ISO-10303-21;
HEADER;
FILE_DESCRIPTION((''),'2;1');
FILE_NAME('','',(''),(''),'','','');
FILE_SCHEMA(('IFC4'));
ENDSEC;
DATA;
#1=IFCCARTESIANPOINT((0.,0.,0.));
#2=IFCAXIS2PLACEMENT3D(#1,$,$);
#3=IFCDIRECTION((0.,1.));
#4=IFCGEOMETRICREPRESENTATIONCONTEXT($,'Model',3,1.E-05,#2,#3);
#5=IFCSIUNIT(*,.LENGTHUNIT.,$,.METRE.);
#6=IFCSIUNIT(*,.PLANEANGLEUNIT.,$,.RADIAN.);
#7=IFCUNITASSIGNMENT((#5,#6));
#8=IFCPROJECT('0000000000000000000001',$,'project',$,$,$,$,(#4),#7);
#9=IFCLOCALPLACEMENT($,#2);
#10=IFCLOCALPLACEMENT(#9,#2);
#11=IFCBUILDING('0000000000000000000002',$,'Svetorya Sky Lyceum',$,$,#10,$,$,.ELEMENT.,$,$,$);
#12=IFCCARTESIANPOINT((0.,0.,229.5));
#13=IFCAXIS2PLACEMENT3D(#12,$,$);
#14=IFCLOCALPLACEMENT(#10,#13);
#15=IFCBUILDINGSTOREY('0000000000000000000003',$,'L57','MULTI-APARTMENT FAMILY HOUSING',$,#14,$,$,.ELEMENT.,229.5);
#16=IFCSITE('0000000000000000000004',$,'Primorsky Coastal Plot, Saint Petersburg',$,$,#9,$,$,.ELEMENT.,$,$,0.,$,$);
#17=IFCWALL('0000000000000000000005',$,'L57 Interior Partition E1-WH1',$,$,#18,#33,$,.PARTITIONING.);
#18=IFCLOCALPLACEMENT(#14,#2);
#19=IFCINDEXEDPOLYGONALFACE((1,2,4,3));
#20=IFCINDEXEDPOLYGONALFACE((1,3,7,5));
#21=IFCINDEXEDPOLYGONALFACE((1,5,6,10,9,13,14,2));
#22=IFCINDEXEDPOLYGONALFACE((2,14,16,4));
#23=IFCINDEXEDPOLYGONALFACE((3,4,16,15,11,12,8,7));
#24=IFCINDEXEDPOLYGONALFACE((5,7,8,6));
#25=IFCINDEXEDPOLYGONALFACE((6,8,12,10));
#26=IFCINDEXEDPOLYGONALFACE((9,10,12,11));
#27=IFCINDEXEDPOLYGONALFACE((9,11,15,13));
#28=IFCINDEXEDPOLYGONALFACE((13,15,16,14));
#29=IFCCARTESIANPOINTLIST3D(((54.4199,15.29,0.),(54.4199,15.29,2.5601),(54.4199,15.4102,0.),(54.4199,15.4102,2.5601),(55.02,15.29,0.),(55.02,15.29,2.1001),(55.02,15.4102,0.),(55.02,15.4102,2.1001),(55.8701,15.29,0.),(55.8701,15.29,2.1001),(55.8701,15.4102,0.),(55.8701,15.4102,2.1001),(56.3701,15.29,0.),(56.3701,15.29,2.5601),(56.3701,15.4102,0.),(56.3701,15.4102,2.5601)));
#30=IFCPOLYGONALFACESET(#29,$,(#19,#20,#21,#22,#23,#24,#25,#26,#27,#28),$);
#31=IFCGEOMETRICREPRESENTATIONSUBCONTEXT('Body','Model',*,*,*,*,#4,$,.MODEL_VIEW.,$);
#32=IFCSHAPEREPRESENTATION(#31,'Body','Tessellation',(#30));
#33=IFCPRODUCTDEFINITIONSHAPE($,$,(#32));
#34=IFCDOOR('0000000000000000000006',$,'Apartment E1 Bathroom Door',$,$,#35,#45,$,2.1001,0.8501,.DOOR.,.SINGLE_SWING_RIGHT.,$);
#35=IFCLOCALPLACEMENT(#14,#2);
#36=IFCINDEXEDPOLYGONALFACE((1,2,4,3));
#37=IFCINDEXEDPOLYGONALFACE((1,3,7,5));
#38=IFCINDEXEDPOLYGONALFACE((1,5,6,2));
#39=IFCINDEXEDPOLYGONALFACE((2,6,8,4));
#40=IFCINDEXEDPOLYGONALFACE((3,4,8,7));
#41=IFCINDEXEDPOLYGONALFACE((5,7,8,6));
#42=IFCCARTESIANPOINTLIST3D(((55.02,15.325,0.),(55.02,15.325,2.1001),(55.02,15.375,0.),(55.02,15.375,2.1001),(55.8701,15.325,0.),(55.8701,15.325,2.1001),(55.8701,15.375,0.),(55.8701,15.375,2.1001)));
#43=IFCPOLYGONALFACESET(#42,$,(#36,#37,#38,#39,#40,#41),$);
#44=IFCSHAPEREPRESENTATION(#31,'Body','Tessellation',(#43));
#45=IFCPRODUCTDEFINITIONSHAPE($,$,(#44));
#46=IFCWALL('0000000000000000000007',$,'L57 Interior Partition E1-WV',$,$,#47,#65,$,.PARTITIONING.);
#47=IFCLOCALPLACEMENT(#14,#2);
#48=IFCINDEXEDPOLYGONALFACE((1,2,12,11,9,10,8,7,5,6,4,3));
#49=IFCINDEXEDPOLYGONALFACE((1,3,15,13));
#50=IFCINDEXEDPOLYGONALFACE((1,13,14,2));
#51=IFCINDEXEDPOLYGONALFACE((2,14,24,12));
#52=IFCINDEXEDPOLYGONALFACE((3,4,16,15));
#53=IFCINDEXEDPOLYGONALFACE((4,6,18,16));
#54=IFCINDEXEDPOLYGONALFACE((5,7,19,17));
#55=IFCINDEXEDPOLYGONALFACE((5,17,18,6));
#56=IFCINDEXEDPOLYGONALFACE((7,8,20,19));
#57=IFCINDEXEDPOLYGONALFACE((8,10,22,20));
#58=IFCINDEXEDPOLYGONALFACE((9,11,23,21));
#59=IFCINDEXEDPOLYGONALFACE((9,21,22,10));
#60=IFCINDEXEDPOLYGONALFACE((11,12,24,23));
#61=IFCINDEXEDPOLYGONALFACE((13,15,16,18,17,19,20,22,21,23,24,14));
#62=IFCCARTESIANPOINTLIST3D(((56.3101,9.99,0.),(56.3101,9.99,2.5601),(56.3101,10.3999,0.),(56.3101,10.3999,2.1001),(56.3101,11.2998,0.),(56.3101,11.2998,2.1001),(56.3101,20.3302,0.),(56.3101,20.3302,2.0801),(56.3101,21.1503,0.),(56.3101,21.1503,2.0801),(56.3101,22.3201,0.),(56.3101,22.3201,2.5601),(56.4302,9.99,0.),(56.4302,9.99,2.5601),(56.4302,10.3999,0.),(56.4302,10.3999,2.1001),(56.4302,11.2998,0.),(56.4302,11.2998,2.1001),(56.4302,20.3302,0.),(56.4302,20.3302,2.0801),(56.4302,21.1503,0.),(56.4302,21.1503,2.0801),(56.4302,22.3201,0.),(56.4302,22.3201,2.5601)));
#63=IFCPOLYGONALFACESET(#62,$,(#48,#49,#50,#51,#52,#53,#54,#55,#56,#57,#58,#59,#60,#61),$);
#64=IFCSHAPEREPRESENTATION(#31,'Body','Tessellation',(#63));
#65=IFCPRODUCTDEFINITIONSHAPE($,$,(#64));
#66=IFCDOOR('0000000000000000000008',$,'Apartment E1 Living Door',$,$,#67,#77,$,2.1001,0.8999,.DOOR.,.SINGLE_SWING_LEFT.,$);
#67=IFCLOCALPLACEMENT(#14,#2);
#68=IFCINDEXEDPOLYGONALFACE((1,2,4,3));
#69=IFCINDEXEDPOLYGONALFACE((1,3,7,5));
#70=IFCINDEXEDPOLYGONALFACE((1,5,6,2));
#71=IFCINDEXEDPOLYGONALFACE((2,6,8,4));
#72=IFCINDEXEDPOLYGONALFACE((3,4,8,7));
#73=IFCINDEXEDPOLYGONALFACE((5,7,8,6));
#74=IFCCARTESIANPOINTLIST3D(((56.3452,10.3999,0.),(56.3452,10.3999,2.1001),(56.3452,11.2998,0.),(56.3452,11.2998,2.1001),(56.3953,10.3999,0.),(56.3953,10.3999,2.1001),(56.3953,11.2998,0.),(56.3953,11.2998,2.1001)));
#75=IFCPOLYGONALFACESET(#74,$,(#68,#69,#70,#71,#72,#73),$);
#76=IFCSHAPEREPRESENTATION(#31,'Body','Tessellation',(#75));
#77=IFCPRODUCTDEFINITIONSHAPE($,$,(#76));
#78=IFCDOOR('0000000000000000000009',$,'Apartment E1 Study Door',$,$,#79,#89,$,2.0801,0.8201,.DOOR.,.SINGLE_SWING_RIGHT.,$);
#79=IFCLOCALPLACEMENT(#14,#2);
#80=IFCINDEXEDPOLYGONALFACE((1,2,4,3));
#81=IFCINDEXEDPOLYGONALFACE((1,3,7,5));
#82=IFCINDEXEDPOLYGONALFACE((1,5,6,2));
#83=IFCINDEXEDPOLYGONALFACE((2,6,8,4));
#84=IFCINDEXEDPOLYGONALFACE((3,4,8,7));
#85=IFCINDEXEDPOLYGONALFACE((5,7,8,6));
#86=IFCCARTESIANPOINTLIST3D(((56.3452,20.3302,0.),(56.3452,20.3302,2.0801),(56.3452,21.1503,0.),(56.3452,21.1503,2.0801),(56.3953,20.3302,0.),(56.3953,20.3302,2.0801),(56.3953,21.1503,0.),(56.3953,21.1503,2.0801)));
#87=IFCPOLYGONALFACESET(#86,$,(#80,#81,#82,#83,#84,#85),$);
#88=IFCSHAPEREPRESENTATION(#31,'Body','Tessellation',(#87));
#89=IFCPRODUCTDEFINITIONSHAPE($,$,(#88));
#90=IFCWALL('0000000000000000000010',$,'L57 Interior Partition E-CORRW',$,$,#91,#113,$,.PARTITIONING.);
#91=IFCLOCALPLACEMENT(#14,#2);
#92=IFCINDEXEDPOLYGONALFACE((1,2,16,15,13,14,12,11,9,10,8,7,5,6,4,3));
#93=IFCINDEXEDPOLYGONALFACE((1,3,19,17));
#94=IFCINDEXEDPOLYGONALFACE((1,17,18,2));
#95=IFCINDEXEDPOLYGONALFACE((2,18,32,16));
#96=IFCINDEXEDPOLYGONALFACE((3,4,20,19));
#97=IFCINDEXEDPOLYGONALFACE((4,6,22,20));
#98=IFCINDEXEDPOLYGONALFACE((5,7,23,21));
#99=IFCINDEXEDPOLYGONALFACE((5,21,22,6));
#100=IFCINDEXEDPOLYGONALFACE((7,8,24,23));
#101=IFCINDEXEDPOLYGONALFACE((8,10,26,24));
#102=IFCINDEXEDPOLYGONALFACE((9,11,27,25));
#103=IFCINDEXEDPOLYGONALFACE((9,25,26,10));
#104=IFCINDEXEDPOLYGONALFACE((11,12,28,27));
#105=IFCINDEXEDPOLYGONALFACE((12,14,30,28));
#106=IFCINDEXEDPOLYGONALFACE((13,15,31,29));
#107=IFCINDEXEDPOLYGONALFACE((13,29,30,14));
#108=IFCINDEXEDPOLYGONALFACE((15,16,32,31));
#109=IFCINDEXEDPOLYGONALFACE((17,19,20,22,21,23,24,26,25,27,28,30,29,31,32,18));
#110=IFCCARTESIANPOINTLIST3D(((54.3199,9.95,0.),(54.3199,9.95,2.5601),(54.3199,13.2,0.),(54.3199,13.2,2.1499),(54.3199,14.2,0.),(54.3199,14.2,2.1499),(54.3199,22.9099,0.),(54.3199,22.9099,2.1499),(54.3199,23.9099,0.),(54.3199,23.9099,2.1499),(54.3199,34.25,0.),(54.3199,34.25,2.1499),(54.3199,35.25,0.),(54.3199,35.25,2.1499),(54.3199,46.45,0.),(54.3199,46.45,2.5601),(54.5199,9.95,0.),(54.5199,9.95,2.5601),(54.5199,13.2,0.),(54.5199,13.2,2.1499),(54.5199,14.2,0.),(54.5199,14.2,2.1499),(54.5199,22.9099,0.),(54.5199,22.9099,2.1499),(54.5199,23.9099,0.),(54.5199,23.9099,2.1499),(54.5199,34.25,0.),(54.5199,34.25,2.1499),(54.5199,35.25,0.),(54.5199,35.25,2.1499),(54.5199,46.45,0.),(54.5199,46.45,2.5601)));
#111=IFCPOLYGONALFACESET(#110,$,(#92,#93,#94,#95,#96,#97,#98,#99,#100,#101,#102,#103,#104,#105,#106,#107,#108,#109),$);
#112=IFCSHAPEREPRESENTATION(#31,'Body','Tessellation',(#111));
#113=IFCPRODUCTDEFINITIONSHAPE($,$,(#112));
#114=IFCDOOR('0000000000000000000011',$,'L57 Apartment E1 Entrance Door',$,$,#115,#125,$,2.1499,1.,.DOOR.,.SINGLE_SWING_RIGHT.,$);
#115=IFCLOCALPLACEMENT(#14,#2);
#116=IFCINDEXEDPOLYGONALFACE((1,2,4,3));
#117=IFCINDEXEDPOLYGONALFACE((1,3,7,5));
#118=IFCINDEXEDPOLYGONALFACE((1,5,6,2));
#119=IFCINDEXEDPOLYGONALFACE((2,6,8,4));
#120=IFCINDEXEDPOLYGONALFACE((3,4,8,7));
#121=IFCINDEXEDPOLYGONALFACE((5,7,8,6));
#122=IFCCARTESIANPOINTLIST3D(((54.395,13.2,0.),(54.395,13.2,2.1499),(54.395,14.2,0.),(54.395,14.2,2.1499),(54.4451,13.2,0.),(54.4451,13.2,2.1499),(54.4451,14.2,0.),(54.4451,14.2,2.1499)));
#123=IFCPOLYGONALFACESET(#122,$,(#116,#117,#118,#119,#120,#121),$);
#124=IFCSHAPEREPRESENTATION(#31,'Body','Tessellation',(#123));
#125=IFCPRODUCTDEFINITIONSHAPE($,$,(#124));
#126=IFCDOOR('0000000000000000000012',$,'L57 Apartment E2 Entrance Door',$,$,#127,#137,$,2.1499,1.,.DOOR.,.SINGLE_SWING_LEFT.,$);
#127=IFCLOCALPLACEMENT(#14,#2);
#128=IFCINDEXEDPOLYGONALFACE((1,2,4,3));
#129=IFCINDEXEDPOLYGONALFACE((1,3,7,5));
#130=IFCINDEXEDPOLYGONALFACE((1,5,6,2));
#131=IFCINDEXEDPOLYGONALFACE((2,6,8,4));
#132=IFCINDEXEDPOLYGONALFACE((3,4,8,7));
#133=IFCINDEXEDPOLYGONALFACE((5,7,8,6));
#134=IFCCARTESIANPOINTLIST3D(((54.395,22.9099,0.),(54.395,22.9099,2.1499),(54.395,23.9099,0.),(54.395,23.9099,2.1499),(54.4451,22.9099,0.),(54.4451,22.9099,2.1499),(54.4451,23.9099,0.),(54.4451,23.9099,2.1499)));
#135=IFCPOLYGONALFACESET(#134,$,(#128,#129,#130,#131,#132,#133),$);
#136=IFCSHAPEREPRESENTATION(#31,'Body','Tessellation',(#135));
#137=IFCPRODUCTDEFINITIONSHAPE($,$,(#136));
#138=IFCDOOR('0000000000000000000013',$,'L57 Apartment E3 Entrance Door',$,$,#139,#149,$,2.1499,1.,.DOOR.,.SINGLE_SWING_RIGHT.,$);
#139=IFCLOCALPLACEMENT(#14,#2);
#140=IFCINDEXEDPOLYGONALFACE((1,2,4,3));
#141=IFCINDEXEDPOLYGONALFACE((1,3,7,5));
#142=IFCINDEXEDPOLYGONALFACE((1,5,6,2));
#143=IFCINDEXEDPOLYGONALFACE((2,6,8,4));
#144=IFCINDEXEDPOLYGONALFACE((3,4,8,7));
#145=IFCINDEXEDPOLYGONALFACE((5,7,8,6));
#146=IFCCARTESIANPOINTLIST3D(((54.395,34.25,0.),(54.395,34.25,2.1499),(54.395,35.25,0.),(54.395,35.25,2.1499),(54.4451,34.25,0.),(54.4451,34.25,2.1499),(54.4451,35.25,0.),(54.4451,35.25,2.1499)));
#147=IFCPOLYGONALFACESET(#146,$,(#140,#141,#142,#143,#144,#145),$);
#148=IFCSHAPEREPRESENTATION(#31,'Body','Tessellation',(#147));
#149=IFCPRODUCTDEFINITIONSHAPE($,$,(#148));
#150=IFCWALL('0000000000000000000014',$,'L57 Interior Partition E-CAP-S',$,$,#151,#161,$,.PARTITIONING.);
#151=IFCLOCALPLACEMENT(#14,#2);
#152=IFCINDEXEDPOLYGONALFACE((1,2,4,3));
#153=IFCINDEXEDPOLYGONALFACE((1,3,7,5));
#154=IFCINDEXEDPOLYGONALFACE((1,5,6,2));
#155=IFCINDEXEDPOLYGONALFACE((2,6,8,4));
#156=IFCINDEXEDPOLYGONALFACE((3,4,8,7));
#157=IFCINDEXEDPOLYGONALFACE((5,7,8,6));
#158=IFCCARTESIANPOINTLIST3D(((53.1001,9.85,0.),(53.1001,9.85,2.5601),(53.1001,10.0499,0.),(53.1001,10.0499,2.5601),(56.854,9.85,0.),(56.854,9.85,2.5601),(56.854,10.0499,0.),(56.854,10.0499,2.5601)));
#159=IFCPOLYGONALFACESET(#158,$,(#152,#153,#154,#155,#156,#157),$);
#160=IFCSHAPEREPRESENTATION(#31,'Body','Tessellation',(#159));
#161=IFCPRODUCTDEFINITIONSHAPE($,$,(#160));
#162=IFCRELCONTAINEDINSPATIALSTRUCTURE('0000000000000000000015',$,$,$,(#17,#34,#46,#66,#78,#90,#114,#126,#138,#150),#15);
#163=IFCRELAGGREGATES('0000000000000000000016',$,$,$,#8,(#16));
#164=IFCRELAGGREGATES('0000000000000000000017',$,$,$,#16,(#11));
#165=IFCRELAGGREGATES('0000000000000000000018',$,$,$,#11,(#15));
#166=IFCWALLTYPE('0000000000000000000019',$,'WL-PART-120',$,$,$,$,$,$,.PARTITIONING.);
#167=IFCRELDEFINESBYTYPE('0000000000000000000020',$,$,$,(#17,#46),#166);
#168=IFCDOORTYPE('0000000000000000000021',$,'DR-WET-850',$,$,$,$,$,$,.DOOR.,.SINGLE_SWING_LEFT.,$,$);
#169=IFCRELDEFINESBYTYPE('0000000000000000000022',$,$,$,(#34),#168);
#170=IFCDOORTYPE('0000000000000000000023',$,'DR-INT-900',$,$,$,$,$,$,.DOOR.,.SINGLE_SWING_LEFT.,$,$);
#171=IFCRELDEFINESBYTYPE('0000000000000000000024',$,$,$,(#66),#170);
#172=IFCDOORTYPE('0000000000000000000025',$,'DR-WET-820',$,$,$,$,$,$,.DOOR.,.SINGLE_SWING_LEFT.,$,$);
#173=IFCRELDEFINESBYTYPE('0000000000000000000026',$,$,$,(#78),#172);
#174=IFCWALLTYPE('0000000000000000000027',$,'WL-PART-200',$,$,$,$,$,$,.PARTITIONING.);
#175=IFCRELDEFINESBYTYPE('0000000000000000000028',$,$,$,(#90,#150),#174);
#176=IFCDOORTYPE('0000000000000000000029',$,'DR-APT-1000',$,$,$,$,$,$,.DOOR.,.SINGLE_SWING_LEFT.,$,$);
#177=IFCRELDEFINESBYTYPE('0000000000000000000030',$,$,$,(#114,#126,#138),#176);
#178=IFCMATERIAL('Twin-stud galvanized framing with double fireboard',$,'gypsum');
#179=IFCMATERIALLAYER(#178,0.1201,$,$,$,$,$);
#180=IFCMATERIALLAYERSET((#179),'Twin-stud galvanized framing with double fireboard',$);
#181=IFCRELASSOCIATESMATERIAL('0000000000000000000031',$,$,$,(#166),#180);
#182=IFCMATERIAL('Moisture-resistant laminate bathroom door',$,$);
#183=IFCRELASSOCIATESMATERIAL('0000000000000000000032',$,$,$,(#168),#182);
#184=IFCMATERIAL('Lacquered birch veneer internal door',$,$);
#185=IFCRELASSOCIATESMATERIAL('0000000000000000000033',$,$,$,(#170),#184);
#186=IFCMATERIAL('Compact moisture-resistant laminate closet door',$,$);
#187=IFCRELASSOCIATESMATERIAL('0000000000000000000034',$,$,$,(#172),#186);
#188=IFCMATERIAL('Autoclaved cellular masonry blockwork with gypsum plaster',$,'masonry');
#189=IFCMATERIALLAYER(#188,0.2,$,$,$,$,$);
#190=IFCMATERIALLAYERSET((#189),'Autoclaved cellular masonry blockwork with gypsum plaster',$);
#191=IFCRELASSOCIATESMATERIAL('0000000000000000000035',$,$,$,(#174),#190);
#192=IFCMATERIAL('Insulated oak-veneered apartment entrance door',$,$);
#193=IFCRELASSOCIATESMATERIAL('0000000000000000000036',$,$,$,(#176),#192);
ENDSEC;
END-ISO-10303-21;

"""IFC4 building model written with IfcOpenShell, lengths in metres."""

from ifc_helpers import new_model, si_unit, direction, frame, frame_2d, origin, place, context, subcontext, project, spatial, rectangle, extrude, material, layer, layer_set, type_object, element, fill, save


model = new_model("IFC4")

# Units and contexts
model_context = context("Model", 3, precision=1e-05, world=origin(), true_north=direction((0.0, 1.0)))
body_context = subcontext(model_context, "Body", "Model", "MODEL_VIEW")
ifc_project = project(units=[si_unit("LENGTHUNIT", "METRE"), si_unit("PLANEANGLEUNIT", "RADIAN")], contexts=[model_context])

# Site, building, storey
site_placement = place(None, origin())
site = spatial("IfcSite", under=ifc_project, at=site_placement, Name="Primorsky Coastal Plot, Saint Petersburg", CompositionType="ELEMENT", RefElevation=0.0)
building_placement = place(site_placement, origin())
building = spatial("IfcBuilding", under=site, at=building_placement, Name="Svetorya Sky Lyceum", CompositionType="ELEMENT")
storey_placement = place(building_placement, frame((0.0, 0.0, 229.5)))
storey = spatial("IfcBuildingStorey", under=building, at=storey_placement, Name="L57", Description="MULTI-APARTMENT FAMILY HOUSING", CompositionType="ELEMENT", Elevation=229.5)

# Wall, opening, door
ifc_material_1 = material(Name="Twin-stud galvanized framing with double fireboard", Category="gypsum")
ifc_layer_1 = layer(ifc_material_1, 0.1201)
ifc_layer_set_1 = layer_set([ifc_layer_1], Name="Twin-stud galvanized framing with double fireboard")
wall_type_1 = type_object("IfcWallType", Name="WL-PART-120", PredefinedType="PARTITIONING", material=ifc_layer_set_1)
wall_1_placement = place(storey_placement, frame((54.4199, 15.3501, 0.0), z_axis=(0.0, 0.0, 1.0), x_axis=(1.0, 0.0, 0.0)))
wall_1 = element("IfcWall", 1, at=wall_1_placement, inside=storey, type_object=wall_type_1, Name="L57 Interior Partition E1-WH1", PredefinedType="PARTITIONING", context=body_context, shape_type="SweptSolid", body=[
    extrude(rectangle(XDim=1.9502, YDim=0.1201, at=frame_2d((0.9751, 0.0))), origin(), (0.0, 0.0, 1.0), 2.5601),
])
opening_1_placement = place(wall_1_placement, frame((0.6001, 0.0, 0.0)))
opening_1 = element("IfcOpeningElement", 2, at=opening_1_placement, cuts=wall_1, PredefinedType="OPENING", context=body_context, shape_type="SweptSolid", body=[
    extrude(rectangle(XDim=0.8501, YDim=2.1001, at=frame_2d((0.425, 1.05))), frame((0.0, 0.0701, 0.0), z_axis=(0.0, -1.0, 0.0), x_axis=(1.0, 0.0, 0.0)), (0.0, 0.0, 1.0), 0.1401),
])
ifc_material_2 = material(Name="Moisture-resistant laminate bathroom door")
door_type_1 = type_object("IfcDoorType", Name="DR-WET-850", OperationType="SINGLE_SWING_LEFT", PredefinedType="DOOR", material=ifc_material_2)
door_1_placement = place(opening_1_placement, origin())
door_1 = element("IfcDoor", 3, at=door_1_placement, inside=storey, type_object=door_type_1, Name="Apartment E1 Bathroom Door", OperationType="SINGLE_SWING_RIGHT", OverallHeight=2.1001, OverallWidth=0.8501, PredefinedType="DOOR", context=body_context, shape_type="SweptSolid", body=[
    extrude(rectangle(XDim=0.8501, YDim=2.1001, at=frame_2d((0.425, 1.05))), frame((0.0, 0.0249, 0.0), z_axis=(0.0, -1.0, 0.0), x_axis=(1.0, 0.0, 0.0)), (0.0, 0.0, 1.0), 0.05),
])
fill(opening_1, door_1)

# Walls, openings, doors
wall_2_placement = place(storey_placement, frame((56.3701, 9.99, 0.0), z_axis=(0.0, 0.0, 1.0), x_axis=(0.0, 1.0, 0.0)))
wall_2 = element("IfcWall", 4, at=wall_2_placement, inside=storey, type_object=wall_type_1, Name="L57 Interior Partition E1-WV", PredefinedType="PARTITIONING", context=body_context, shape_type="SweptSolid", body=[
    extrude(rectangle(XDim=12.3301, YDim=0.1201, at=frame_2d((6.165, 0.0))), origin(), (0.0, 0.0, 1.0), 2.5601),
])
opening_2_placement = place(wall_2_placement, frame((0.4099, 0.0, 0.0)))
opening_2 = element("IfcOpeningElement", 5, at=opening_2_placement, cuts=wall_2, PredefinedType="OPENING", context=body_context, shape_type="SweptSolid", body=[
    extrude(rectangle(XDim=0.8999, YDim=2.1001, at=frame_2d((0.45, 1.05))), frame((0.0, 0.0701, 0.0), z_axis=(0.0, -1.0, 0.0), x_axis=(1.0, 0.0, 0.0)), (0.0, 0.0, 1.0), 0.1401),
])
opening_3_placement = place(wall_2_placement, frame((10.3401, 0.0, 0.0)))
opening_3 = element("IfcOpeningElement", 6, at=opening_3_placement, cuts=wall_2, PredefinedType="OPENING", context=body_context, shape_type="SweptSolid", body=[
    extrude(rectangle(XDim=0.8201, YDim=2.0801, at=frame_2d((0.4102, 1.04))), frame((0.0, 0.0701, 0.0), z_axis=(0.0, -1.0, 0.0), x_axis=(1.0, 0.0, 0.0)), (0.0, 0.0, 1.0), 0.1401),
])
ifc_material_3 = material(Name="Lacquered birch veneer internal door")
door_type_2 = type_object("IfcDoorType", Name="DR-INT-900", OperationType="SINGLE_SWING_LEFT", PredefinedType="DOOR", material=ifc_material_3)
door_2_placement = place(opening_2_placement, origin())
door_2 = element("IfcDoor", 7, at=door_2_placement, inside=storey, type_object=door_type_2, Name="Apartment E1 Living Door", OperationType="SINGLE_SWING_LEFT", OverallHeight=2.1001, OverallWidth=0.8999, PredefinedType="DOOR", context=body_context, shape_type="SweptSolid", body=[
    extrude(rectangle(XDim=0.8999, YDim=2.1001, at=frame_2d((0.45, 1.05))), frame((0.0, 0.0249, 0.0), z_axis=(0.0, -1.0, 0.0), x_axis=(1.0, 0.0, 0.0)), (0.0, 0.0, 1.0), 0.05),
])
fill(opening_2, door_2)
ifc_material_4 = material(Name="Compact moisture-resistant laminate closet door")
door_type_3 = type_object("IfcDoorType", Name="DR-WET-820", OperationType="SINGLE_SWING_LEFT", PredefinedType="DOOR", material=ifc_material_4)
door_3_placement = place(opening_3_placement, origin())
door_3 = element("IfcDoor", 8, at=door_3_placement, inside=storey, type_object=door_type_3, Name="Apartment E1 Study Door", OperationType="SINGLE_SWING_RIGHT", OverallHeight=2.0801, OverallWidth=0.8201, PredefinedType="DOOR", context=body_context, shape_type="SweptSolid", body=[
    extrude(rectangle(XDim=0.8201, YDim=2.0801, at=frame_2d((0.4102, 1.04))), frame((0.0, 0.0249, 0.0), z_axis=(0.0, -1.0, 0.0), x_axis=(1.0, 0.0, 0.0)), (0.0, 0.0, 1.0), 0.05),
])
fill(opening_3, door_3)
ifc_material_5 = material(Name="Autoclaved cellular masonry blockwork with gypsum plaster", Category="masonry")
ifc_layer_2 = layer(ifc_material_5, 0.2)
ifc_layer_set_2 = layer_set([ifc_layer_2], Name="Autoclaved cellular masonry blockwork with gypsum plaster")
wall_type_2 = type_object("IfcWallType", Name="WL-PART-200", PredefinedType="PARTITIONING", material=ifc_layer_set_2)
wall_3_placement = place(storey_placement, frame((54.4199, 9.95, 0.0), z_axis=(0.0, 0.0, 1.0), x_axis=(0.0, 1.0, 0.0)))
wall_3 = element("IfcWall", 9, at=wall_3_placement, inside=storey, type_object=wall_type_2, Name="L57 Interior Partition E-CORRW", PredefinedType="PARTITIONING", context=body_context, shape_type="SweptSolid", body=[
    extrude(rectangle(XDim=36.5, YDim=0.2, at=frame_2d((18.25, 0.0))), origin(), (0.0, 0.0, 1.0), 2.5601),
])
opening_4_placement = place(wall_3_placement, frame((3.25, 0.0, 0.0)))
opening_4 = element("IfcOpeningElement", 10, at=opening_4_placement, cuts=wall_3, PredefinedType="OPENING", context=body_context, shape_type="SweptSolid", body=[
    extrude(rectangle(XDim=1.0, YDim=2.1499, at=frame_2d((0.5, 1.075))), frame((0.0, 0.1099, 0.0), z_axis=(0.0, -1.0, 0.0), x_axis=(1.0, 0.0, 0.0)), (0.0, 0.0, 1.0), 0.22),
])
opening_5_placement = place(wall_3_placement, frame((12.96, 0.0, 0.0)))
opening_5 = element("IfcOpeningElement", 11, at=opening_5_placement, cuts=wall_3, PredefinedType="OPENING", context=body_context, shape_type="SweptSolid", body=[
    extrude(rectangle(XDim=1.0, YDim=2.1499, at=frame_2d((0.5, 1.075))), frame((0.0, 0.1099, 0.0), z_axis=(0.0, -1.0, 0.0), x_axis=(1.0, 0.0, 0.0)), (0.0, 0.0, 1.0), 0.22),
])
opening_6_placement = place(wall_3_placement, frame((24.3, 0.0, 0.0)))
opening_6 = element("IfcOpeningElement", 12, at=opening_6_placement, cuts=wall_3, PredefinedType="OPENING", context=body_context, shape_type="SweptSolid", body=[
    extrude(rectangle(XDim=1.0, YDim=2.1499, at=frame_2d((0.5, 1.075))), frame((0.0, 0.1099, 0.0), z_axis=(0.0, -1.0, 0.0), x_axis=(1.0, 0.0, 0.0)), (0.0, 0.0, 1.0), 0.22),
])
ifc_material_6 = material(Name="Insulated oak-veneered apartment entrance door")
door_type_4 = type_object("IfcDoorType", Name="DR-APT-1000", OperationType="SINGLE_SWING_LEFT", PredefinedType="DOOR", material=ifc_material_6)
door_4_placement = place(opening_4_placement, origin())
door_4 = element("IfcDoor", 13, at=door_4_placement, inside=storey, type_object=door_type_4, Name="L57 Apartment E1 Entrance Door", OperationType="SINGLE_SWING_RIGHT", OverallHeight=2.1499, OverallWidth=1.0, PredefinedType="DOOR", context=body_context, shape_type="SweptSolid", body=[
    extrude(rectangle(XDim=1.0, YDim=2.1499, at=frame_2d((0.5, 1.075))), frame((0.0, 0.0249, 0.0), z_axis=(0.0, -1.0, 0.0), x_axis=(1.0, 0.0, 0.0)), (0.0, 0.0, 1.0), 0.05),
])
fill(opening_4, door_4)
door_5_placement = place(opening_5_placement, origin())
door_5 = element("IfcDoor", 14, at=door_5_placement, inside=storey, type_object=door_type_4, Name="L57 Apartment E2 Entrance Door", OperationType="SINGLE_SWING_LEFT", OverallHeight=2.1499, OverallWidth=1.0, PredefinedType="DOOR", context=body_context, shape_type="SweptSolid", body=[
    extrude(rectangle(XDim=1.0, YDim=2.1499, at=frame_2d((0.5, 1.075))), frame((0.0, 0.0249, 0.0), z_axis=(0.0, -1.0, 0.0), x_axis=(1.0, 0.0, 0.0)), (0.0, 0.0, 1.0), 0.05),
])
fill(opening_5, door_5)
door_6_placement = place(opening_6_placement, origin())
door_6 = element("IfcDoor", 15, at=door_6_placement, inside=storey, type_object=door_type_4, Name="L57 Apartment E3 Entrance Door", OperationType="SINGLE_SWING_RIGHT", OverallHeight=2.1499, OverallWidth=1.0, PredefinedType="DOOR", context=body_context, shape_type="SweptSolid", body=[
    extrude(rectangle(XDim=1.0, YDim=2.1499, at=frame_2d((0.5, 1.075))), frame((0.0, 0.0249, 0.0), z_axis=(0.0, -1.0, 0.0), x_axis=(1.0, 0.0, 0.0)), (0.0, 0.0, 1.0), 0.05),
])
fill(opening_6, door_6)

# Wall
wall_4_placement = place(storey_placement, frame((53.1001, 9.95, 0.0), z_axis=(0.0, 0.0, 1.0), x_axis=(1.0, 0.0, 0.0)))
element("IfcWall", 16, at=wall_4_placement, inside=storey, type_object=wall_type_2, Name="L57 Interior Partition E-CAP-S", PredefinedType="PARTITIONING", context=body_context, shape_type="SweptSolid", body=[
    extrude(rectangle(XDim=3.7539, YDim=0.2, at=frame_2d((1.877, 0.0))), origin(), (0.0, 0.0, 1.0), 2.5601),
])

save(model, "model.ifc")
